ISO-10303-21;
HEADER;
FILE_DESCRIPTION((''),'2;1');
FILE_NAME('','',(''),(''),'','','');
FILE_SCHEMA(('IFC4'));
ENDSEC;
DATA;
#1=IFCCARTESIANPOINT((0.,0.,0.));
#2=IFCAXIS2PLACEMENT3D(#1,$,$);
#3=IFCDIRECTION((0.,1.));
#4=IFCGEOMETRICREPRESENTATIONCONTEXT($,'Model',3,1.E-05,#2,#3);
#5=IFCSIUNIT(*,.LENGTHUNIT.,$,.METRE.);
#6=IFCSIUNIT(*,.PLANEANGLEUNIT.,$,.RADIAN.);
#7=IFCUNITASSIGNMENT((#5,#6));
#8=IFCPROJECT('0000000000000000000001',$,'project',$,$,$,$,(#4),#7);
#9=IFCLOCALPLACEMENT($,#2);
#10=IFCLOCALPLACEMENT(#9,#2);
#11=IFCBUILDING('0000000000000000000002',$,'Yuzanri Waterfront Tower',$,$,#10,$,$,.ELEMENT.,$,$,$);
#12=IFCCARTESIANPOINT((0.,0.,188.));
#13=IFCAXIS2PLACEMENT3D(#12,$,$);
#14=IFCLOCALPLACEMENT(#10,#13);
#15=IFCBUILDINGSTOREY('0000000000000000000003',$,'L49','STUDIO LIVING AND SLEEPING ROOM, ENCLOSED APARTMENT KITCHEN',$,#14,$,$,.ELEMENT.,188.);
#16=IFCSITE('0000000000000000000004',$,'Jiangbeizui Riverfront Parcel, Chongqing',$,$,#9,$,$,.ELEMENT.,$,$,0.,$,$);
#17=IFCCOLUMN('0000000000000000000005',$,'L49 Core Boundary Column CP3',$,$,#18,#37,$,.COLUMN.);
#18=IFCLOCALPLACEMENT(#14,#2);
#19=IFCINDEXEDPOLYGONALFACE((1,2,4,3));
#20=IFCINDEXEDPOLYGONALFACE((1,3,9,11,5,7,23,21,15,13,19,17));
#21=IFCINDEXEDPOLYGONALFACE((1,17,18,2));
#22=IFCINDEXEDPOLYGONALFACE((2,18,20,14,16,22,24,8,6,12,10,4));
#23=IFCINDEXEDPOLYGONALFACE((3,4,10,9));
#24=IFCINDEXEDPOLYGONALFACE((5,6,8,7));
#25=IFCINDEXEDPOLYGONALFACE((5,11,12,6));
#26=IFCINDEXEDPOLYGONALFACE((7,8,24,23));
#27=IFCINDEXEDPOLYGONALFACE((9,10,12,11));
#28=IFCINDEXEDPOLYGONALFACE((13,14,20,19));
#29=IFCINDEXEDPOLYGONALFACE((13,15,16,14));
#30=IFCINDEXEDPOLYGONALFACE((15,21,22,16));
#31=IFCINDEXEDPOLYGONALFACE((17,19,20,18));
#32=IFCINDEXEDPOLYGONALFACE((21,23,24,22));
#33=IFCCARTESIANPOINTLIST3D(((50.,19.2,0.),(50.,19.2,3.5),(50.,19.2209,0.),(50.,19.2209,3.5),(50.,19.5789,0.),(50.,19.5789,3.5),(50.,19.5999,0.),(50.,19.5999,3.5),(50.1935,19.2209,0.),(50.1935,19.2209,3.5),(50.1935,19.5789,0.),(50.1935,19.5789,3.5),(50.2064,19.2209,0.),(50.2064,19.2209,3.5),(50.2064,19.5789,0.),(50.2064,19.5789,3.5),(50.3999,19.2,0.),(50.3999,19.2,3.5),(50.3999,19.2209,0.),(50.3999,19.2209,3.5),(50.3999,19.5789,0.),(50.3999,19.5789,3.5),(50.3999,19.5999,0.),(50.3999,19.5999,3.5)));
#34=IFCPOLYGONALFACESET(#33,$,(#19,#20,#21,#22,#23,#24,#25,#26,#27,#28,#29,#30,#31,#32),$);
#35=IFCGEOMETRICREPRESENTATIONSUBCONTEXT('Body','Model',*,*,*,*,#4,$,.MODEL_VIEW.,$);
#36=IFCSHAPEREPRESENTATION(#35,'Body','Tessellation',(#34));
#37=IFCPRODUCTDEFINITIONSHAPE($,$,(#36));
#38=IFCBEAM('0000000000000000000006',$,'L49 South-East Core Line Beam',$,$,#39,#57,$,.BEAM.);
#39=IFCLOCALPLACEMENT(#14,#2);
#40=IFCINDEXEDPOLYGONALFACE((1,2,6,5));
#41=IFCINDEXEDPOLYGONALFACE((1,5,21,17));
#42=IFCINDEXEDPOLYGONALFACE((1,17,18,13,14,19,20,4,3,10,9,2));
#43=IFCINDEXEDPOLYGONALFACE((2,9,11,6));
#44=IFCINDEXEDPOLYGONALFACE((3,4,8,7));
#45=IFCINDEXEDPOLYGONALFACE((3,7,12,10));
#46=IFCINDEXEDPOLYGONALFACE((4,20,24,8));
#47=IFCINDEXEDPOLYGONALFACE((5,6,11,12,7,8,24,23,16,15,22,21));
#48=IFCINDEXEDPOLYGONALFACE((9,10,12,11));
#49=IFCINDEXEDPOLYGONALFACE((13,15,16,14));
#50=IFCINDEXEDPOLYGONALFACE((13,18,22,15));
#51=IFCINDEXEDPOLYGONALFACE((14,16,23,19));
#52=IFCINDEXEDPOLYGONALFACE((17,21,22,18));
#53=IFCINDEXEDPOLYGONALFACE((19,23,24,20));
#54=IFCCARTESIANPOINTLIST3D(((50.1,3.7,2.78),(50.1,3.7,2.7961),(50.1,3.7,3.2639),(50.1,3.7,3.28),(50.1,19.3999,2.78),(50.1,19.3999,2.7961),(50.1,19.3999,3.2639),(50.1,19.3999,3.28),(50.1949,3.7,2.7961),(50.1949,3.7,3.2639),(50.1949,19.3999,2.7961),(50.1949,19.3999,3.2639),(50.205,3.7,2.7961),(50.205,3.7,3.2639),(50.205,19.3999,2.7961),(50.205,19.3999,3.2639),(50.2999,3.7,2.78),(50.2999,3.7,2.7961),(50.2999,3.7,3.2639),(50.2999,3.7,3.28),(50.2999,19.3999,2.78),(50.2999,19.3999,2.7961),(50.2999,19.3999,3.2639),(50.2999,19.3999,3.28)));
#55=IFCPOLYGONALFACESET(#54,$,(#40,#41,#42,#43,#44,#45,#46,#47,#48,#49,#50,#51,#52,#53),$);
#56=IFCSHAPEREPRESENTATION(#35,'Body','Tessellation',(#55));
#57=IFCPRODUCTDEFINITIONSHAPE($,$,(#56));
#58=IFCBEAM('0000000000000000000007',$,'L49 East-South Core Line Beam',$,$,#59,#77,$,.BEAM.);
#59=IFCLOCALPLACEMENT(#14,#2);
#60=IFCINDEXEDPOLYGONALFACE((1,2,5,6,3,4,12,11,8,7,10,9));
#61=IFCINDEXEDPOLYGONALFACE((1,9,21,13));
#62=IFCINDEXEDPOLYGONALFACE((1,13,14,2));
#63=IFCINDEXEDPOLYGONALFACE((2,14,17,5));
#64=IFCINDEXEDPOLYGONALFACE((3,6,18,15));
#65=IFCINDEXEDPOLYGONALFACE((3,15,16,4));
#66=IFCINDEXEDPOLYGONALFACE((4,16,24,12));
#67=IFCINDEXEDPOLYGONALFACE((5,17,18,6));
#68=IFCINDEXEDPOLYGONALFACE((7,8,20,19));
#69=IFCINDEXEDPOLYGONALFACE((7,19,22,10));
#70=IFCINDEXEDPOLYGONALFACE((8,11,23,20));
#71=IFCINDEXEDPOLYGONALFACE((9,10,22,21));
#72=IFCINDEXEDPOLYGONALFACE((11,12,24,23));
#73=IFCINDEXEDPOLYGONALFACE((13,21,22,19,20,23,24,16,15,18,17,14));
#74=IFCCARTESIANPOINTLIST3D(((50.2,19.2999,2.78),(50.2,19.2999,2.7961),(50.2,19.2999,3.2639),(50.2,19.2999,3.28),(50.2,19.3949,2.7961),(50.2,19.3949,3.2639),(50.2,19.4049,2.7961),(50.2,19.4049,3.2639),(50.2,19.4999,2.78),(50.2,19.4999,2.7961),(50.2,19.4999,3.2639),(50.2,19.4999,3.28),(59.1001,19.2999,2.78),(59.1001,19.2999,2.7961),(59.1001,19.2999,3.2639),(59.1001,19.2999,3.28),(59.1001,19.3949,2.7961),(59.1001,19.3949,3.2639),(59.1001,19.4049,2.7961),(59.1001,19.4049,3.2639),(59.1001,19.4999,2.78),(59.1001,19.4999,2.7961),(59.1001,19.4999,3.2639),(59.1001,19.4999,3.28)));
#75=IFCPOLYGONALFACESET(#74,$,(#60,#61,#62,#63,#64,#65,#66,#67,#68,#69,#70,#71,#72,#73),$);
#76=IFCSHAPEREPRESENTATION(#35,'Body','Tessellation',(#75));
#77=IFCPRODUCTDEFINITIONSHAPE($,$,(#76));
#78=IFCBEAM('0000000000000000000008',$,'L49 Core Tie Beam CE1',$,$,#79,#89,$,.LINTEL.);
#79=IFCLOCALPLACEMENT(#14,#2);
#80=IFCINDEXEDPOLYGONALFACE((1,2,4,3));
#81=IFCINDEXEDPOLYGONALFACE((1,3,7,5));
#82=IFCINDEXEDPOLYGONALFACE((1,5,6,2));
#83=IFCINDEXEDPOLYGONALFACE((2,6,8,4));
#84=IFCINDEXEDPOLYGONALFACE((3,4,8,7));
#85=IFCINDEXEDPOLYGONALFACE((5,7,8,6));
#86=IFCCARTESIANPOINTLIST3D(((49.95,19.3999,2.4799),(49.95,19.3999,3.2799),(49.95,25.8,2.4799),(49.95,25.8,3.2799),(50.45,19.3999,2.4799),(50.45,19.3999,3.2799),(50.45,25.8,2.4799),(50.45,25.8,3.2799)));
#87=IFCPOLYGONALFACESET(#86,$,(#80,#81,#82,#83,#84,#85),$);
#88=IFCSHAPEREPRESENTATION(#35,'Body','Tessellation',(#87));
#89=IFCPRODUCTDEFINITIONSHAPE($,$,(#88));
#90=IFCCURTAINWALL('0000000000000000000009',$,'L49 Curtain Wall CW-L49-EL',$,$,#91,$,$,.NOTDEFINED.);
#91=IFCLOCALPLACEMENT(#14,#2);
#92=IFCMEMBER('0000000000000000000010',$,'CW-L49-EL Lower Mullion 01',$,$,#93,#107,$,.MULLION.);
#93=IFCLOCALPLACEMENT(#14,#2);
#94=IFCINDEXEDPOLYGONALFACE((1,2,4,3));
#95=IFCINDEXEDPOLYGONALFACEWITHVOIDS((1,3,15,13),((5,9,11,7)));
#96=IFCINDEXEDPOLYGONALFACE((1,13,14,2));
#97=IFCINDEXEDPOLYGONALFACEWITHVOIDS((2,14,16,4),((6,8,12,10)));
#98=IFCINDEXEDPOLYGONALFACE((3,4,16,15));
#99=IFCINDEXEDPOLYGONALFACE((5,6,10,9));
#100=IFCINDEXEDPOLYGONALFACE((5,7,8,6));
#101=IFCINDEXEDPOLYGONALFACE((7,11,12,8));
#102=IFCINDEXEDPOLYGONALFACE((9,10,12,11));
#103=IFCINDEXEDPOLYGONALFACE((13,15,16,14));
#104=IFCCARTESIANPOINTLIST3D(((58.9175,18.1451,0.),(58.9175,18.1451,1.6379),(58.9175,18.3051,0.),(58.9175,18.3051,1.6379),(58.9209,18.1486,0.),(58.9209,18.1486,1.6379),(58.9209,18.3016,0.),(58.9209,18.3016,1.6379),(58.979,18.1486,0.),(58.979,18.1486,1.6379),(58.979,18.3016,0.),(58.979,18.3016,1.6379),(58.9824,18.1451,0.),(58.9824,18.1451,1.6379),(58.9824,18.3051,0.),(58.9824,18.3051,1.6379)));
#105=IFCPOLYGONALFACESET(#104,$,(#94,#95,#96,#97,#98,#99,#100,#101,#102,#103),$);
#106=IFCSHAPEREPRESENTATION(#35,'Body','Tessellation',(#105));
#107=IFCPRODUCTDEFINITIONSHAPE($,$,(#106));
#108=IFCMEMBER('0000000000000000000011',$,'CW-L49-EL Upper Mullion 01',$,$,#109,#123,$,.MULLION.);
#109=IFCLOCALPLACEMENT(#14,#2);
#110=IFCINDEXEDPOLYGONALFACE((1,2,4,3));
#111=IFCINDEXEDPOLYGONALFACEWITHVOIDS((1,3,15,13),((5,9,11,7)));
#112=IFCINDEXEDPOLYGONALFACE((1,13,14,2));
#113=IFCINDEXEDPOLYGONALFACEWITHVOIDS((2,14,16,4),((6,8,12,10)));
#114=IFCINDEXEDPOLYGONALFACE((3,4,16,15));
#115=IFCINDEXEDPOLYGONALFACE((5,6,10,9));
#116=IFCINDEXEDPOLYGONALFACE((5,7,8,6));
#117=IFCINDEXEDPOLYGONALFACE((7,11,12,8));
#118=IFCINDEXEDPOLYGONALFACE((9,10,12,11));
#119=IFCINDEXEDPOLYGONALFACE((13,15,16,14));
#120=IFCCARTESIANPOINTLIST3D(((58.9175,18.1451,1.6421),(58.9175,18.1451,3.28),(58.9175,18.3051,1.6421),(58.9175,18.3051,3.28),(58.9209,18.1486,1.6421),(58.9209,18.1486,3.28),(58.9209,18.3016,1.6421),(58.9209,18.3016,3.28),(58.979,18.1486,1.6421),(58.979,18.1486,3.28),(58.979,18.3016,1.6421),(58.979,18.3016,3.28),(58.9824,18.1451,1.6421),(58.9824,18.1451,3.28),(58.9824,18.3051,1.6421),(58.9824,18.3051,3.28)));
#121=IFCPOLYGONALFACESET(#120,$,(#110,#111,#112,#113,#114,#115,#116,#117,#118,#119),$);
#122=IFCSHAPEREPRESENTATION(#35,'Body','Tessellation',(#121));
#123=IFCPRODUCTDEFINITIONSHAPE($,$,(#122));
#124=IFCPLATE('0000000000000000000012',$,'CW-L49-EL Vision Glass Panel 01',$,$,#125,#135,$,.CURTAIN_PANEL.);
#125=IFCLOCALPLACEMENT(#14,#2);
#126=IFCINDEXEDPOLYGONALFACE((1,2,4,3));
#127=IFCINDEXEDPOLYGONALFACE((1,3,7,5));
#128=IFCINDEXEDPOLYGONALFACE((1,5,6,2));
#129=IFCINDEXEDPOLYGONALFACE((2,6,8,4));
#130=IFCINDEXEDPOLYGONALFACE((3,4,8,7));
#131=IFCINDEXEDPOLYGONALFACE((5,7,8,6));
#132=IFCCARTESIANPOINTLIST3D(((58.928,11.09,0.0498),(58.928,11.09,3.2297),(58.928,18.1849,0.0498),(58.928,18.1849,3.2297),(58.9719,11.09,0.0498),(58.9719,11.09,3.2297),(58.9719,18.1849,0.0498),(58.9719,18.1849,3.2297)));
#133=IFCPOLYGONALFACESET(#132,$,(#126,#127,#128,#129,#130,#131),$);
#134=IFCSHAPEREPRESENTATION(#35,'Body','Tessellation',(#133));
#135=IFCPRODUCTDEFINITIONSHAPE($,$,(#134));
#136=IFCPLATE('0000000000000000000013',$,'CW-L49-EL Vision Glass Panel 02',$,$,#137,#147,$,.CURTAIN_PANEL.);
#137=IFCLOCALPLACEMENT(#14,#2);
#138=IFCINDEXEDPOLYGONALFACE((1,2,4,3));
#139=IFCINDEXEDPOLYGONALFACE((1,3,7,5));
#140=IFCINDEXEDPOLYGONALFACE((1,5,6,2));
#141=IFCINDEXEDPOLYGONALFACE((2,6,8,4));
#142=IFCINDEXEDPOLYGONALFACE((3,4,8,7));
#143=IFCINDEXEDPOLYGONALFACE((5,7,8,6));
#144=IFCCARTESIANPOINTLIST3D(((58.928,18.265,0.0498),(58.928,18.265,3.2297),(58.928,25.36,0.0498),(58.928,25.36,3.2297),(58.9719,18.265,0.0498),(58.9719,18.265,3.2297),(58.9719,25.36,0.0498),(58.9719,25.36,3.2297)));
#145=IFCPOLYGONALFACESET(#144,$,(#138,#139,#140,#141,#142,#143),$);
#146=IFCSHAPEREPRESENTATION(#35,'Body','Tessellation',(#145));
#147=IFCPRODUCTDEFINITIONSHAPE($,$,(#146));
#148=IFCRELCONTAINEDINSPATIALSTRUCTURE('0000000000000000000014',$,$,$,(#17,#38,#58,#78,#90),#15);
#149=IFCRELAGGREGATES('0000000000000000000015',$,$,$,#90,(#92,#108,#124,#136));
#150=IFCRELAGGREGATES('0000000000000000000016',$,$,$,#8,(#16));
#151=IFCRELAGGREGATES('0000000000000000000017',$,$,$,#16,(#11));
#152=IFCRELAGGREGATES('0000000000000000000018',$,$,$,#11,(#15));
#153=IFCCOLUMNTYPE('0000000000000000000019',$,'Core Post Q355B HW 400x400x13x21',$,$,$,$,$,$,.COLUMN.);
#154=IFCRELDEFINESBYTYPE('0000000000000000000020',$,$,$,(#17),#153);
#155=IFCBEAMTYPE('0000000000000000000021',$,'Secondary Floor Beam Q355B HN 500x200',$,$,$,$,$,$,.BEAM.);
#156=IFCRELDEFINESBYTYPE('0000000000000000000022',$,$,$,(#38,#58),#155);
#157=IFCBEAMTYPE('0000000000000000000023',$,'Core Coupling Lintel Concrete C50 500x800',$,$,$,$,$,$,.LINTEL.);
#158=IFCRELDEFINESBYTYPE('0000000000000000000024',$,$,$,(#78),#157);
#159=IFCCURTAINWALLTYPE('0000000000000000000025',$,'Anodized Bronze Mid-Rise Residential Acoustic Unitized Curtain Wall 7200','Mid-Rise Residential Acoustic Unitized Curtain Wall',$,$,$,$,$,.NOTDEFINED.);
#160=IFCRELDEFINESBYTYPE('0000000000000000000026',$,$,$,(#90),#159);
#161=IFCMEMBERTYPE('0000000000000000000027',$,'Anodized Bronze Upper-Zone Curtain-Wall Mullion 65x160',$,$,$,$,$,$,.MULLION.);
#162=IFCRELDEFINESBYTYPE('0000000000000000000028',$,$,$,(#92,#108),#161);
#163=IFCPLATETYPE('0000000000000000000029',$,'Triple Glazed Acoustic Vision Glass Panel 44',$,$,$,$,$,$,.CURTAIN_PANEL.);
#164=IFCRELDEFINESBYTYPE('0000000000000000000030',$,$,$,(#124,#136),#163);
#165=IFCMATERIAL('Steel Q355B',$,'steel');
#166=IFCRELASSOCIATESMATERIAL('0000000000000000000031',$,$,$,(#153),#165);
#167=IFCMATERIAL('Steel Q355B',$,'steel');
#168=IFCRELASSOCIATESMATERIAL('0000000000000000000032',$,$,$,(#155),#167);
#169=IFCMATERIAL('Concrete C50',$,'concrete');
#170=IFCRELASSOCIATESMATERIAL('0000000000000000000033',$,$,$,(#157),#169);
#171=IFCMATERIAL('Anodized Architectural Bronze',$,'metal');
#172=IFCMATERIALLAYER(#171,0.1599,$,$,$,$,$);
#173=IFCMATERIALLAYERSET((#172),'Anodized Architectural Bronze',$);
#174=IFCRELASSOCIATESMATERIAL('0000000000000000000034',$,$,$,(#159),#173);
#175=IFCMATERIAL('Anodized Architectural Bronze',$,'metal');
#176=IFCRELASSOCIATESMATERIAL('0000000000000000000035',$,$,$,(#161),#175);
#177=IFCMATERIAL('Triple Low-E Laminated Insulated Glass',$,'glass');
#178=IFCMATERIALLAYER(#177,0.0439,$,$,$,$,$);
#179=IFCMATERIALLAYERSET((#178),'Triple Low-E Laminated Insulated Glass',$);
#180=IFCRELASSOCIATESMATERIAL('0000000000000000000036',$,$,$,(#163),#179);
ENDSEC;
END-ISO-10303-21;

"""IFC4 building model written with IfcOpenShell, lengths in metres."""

from ifc_helpers import new_model, si_unit, direction, frame, origin, origin_2d, place, context, subcontext, project, spatial, rectangle, hollow_rectangle, i_section, extrude, source, transform, mapped, material, layer, layer_set, material_profile, profile_set, type_object, element, aggregate, save


model = new_model("IFC4")

# Units and contexts
model_context = context("Model", 3, precision=1e-05, world=origin(), true_north=direction((0.0, 1.0)))
body_context = subcontext(model_context, "Body", "Model", "MODEL_VIEW")
ifc_project = project(units=[si_unit("LENGTHUNIT", "METRE"), si_unit("PLANEANGLEUNIT", "RADIAN")], contexts=[model_context])

# Site, building, storey
site_placement = place(None, origin())
site = spatial("IfcSite", under=ifc_project, at=site_placement, Name="Jiangbeizui Riverfront Parcel, Chongqing", CompositionType="ELEMENT", RefElevation=0.0)
building_placement = place(site_placement, origin())
building = spatial("IfcBuilding", under=site, at=building_placement, Name="Yuzanri Waterfront Tower", CompositionType="ELEMENT")
storey_placement = place(building_placement, frame((0.0, 0.0, 188.0)))
storey = spatial("IfcBuildingStorey", under=building, at=storey_placement, Name="L49", Description="STUDIO LIVING AND SLEEPING ROOM, ENCLOSED APARTMENT KITCHEN", CompositionType="ELEMENT", Elevation=188.0)

# Column
ifc_material_1 = material(Name="Steel Q355B", Category="steel")
ifc_material_profile_1 = material_profile(ifc_material_1, i_section(OverallWidth=0.3999, OverallDepth=0.3999, WebThickness=0.0129, FlangeThickness=0.021, at=origin_2d()), Name="HW 400x400x13x21")
ifc_profile_set_1 = profile_set([ifc_material_profile_1], Name="Steel Q355B")
column_type = type_object("IfcColumnType", Name="Core Post Q355B HW 400x400x13x21", PredefinedType="COLUMN", material=ifc_profile_set_1)
shared_shape_1 = source(origin(), body_context, "Body", "SweptSolid", [
    extrude(i_section(OverallWidth=0.3999, OverallDepth=0.3999, WebThickness=0.0129, FlangeThickness=0.021, at=origin_2d()), origin(), (0.0, 0.0, 1.0), 3.5),
])
column_placement = place(storey_placement, frame((50.2, 19.3999, 0.0), z_axis=(0.0, 0.0, 1.0), x_axis=(1.0, 0.0, 0.0)))
element("IfcColumn", 1, at=column_placement, inside=storey, type_object=column_type, Name="L49 Core Boundary Column CP3", PredefinedType="COLUMN", context=body_context, shape_type="MappedRepresentation", body=[
    mapped(shared_shape_1, transform((0.0, 0.0, 0.0), scale=1.0)),
])

# Beams
ifc_material_2 = material(Name="Steel Q355B", Category="steel")
ifc_material_profile_2 = material_profile(ifc_material_2, i_section(OverallWidth=0.2, OverallDepth=0.5, WebThickness=0.01, FlangeThickness=0.0161, at=origin_2d()), Name="HN 500x200x10x16")
ifc_profile_set_2 = profile_set([ifc_material_profile_2], Name="Steel Q355B")
beam_type_1 = type_object("IfcBeamType", Name="Secondary Floor Beam Q355B HN 500x200", PredefinedType="BEAM", material=ifc_profile_set_2)
shared_shape_2 = source(origin(), body_context, "Body", "SweptSolid", [
    extrude(i_section(OverallWidth=0.2, OverallDepth=0.5, WebThickness=0.01, FlangeThickness=0.0161, at=origin_2d()), origin(), (0.0, 0.0, 1.0), 15.7),
])
beam_1_placement = place(storey_placement, frame((50.2, 19.3999, 3.03), z_axis=(0.0, -1.0, 0.0), x_axis=(1.0, 0.0, 0.0)))
element("IfcBeam", 2, at=beam_1_placement, inside=storey, type_object=beam_type_1, Name="L49 South-East Core Line Beam", PredefinedType="BEAM", context=body_context, shape_type="MappedRepresentation", body=[
    mapped(shared_shape_2, transform((0.0, 0.0, 0.0), scale=1.0)),
])
shared_shape_3 = source(origin(), body_context, "Body", "SweptSolid", [
    extrude(i_section(OverallWidth=0.2, OverallDepth=0.5, WebThickness=0.01, FlangeThickness=0.0161, at=origin_2d()), origin(), (0.0, 0.0, 1.0), 8.9001),
])
beam_2_placement = place(storey_placement, frame((50.2, 19.3999, 3.03), z_axis=(1.0, 0.0, 0.0), x_axis=(0.0, 1.0, 0.0)))
element("IfcBeam", 3, at=beam_2_placement, inside=storey, type_object=beam_type_1, Name="L49 East-South Core Line Beam", PredefinedType="BEAM", context=body_context, shape_type="MappedRepresentation", body=[
    mapped(shared_shape_3, transform((0.0, 0.0, 0.0), scale=1.0)),
])
ifc_material_3 = material(Name="Concrete C50", Category="concrete")
ifc_material_profile_3 = material_profile(ifc_material_3, rectangle(XDim=0.5, YDim=0.8, at=origin_2d()), Name="RC 500x800")
ifc_profile_set_3 = profile_set([ifc_material_profile_3], Name="Concrete C50")
beam_type_2 = type_object("IfcBeamType", Name="Core Coupling Lintel Concrete C50 500x800", PredefinedType="LINTEL", material=ifc_profile_set_3)
shared_shape_4 = source(origin(), body_context, "Body", "SweptSolid", [
    extrude(rectangle(XDim=0.5, YDim=0.8, at=origin_2d()), origin(), (0.0, 0.0, 1.0), 6.4001),
])
beam_3_placement = place(storey_placement, frame((50.2, 19.3999, 2.8799), z_axis=(0.0, 1.0, 0.0), x_axis=(-1.0, 0.0, 0.0)))
element("IfcBeam", 4, at=beam_3_placement, inside=storey, type_object=beam_type_2, Name="L49 Core Tie Beam CE1", PredefinedType="LINTEL", context=body_context, shape_type="MappedRepresentation", body=[
    mapped(shared_shape_4, transform((0.0, 0.0, 0.0), scale=1.0)),
])

# Curtain wall, members, plates
ifc_material_4 = material(Name="Anodized Architectural Bronze", Category="metal")
ifc_layer_1 = layer(ifc_material_4, 0.1599)
ifc_layer_set_1 = layer_set([ifc_layer_1], Name="Anodized Architectural Bronze")
curtain_wall_type = type_object("IfcCurtainWallType", Name="Anodized Bronze Mid-Rise Residential Acoustic Unitized Curtain Wall 7200", Description="Mid-Rise Residential Acoustic Unitized Curtain Wall", PredefinedType="NOTDEFINED", material=ifc_layer_set_1)
curtain_wall_placement = place(storey_placement, origin())
curtain_wall = element("IfcCurtainWall", 5, at=curtain_wall_placement, inside=storey, type_object=curtain_wall_type, Name="L49 Curtain Wall CW-L49-EL", PredefinedType="NOTDEFINED")
ifc_material_5 = material(Name="Anodized Architectural Bronze", Category="metal")
ifc_material_profile_4 = material_profile(ifc_material_5, hollow_rectangle(XDim=0.0649, YDim=0.1599, WallThickness=0.0034, at=origin_2d()), Name="CWM 65x160")
ifc_profile_set_4 = profile_set([ifc_material_profile_4], Name="Anodized Architectural Bronze")
member_type = type_object("IfcMemberType", Name="Anodized Bronze Upper-Zone Curtain-Wall Mullion 65x160", PredefinedType="MULLION", material=ifc_profile_set_4)
shared_shape_5 = source(origin(), body_context, "Body", "SweptSolid", [
    extrude(hollow_rectangle(XDim=0.0649, YDim=0.1599, WallThickness=0.0034, at=origin_2d()), origin(), (0.0, 0.0, 1.0), 1.6379),
])
member_1_placement = place(storey_placement, frame((58.95, 18.2251, 0.0), z_axis=(0.0, 0.0, 1.0), x_axis=(1.0, 0.0, 0.0)))
member_1 = element("IfcMember", 6, at=member_1_placement, type_object=member_type, Name="CW-L49-EL Lower Mullion 01", PredefinedType="MULLION", context=body_context, shape_type="MappedRepresentation", body=[
    mapped(shared_shape_5, transform((0.0, 0.0, 0.0), scale=1.0)),
])
member_2_placement = place(storey_placement, frame((58.95, 18.2251, 1.6421), z_axis=(0.0, 0.0, 1.0), x_axis=(1.0, 0.0, 0.0)))
member_2 = element("IfcMember", 7, at=member_2_placement, type_object=member_type, Name="CW-L49-EL Upper Mullion 01", PredefinedType="MULLION", context=body_context, shape_type="MappedRepresentation", body=[
    mapped(shared_shape_5, transform((0.0, 0.0, 0.0), scale=1.0)),
])
ifc_material_6 = material(Name="Triple Low-E Laminated Insulated Glass", Category="glass")
ifc_layer_2 = layer(ifc_material_6, 0.0439)
ifc_layer_set_2 = layer_set([ifc_layer_2], Name="Triple Low-E Laminated Insulated Glass")
plate_type = type_object("IfcPlateType", Name="Triple Glazed Acoustic Vision Glass Panel 44", PredefinedType="CURTAIN_PANEL", material=ifc_layer_set_2)
shared_shape_6 = source(origin(), body_context, "Body", "SweptSolid", [
    extrude(rectangle(XDim=7.095, YDim=0.0439, at=origin_2d()), origin(), (0.0, 0.0, 1.0), 3.1799),
])
plate_1_placement = place(storey_placement, frame((58.95, 14.6375, 0.0498), z_axis=(0.0, 0.0, 1.0), x_axis=(0.0, 1.0, 0.0)))
plate_1 = element("IfcPlate", 8, at=plate_1_placement, type_object=plate_type, Name="CW-L49-EL Vision Glass Panel 01", PredefinedType="CURTAIN_PANEL", context=body_context, shape_type="MappedRepresentation", body=[
    mapped(shared_shape_6, transform((0.0, 0.0, 0.0), scale=1.0)),
])
plate_2_placement = place(storey_placement, frame((58.95, 21.8125, 0.0498), z_axis=(0.0, 0.0, 1.0), x_axis=(0.0, 1.0, 0.0)))
plate_2 = element("IfcPlate", 9, at=plate_2_placement, type_object=plate_type, Name="CW-L49-EL Vision Glass Panel 02", PredefinedType="CURTAIN_PANEL", context=body_context, shape_type="MappedRepresentation", body=[
    mapped(shared_shape_6, transform((0.0, 0.0, 0.0), scale=1.0)),
])
aggregate(curtain_wall, [member_1, member_2, plate_1, plate_2])

save(model, "model.ifc")
